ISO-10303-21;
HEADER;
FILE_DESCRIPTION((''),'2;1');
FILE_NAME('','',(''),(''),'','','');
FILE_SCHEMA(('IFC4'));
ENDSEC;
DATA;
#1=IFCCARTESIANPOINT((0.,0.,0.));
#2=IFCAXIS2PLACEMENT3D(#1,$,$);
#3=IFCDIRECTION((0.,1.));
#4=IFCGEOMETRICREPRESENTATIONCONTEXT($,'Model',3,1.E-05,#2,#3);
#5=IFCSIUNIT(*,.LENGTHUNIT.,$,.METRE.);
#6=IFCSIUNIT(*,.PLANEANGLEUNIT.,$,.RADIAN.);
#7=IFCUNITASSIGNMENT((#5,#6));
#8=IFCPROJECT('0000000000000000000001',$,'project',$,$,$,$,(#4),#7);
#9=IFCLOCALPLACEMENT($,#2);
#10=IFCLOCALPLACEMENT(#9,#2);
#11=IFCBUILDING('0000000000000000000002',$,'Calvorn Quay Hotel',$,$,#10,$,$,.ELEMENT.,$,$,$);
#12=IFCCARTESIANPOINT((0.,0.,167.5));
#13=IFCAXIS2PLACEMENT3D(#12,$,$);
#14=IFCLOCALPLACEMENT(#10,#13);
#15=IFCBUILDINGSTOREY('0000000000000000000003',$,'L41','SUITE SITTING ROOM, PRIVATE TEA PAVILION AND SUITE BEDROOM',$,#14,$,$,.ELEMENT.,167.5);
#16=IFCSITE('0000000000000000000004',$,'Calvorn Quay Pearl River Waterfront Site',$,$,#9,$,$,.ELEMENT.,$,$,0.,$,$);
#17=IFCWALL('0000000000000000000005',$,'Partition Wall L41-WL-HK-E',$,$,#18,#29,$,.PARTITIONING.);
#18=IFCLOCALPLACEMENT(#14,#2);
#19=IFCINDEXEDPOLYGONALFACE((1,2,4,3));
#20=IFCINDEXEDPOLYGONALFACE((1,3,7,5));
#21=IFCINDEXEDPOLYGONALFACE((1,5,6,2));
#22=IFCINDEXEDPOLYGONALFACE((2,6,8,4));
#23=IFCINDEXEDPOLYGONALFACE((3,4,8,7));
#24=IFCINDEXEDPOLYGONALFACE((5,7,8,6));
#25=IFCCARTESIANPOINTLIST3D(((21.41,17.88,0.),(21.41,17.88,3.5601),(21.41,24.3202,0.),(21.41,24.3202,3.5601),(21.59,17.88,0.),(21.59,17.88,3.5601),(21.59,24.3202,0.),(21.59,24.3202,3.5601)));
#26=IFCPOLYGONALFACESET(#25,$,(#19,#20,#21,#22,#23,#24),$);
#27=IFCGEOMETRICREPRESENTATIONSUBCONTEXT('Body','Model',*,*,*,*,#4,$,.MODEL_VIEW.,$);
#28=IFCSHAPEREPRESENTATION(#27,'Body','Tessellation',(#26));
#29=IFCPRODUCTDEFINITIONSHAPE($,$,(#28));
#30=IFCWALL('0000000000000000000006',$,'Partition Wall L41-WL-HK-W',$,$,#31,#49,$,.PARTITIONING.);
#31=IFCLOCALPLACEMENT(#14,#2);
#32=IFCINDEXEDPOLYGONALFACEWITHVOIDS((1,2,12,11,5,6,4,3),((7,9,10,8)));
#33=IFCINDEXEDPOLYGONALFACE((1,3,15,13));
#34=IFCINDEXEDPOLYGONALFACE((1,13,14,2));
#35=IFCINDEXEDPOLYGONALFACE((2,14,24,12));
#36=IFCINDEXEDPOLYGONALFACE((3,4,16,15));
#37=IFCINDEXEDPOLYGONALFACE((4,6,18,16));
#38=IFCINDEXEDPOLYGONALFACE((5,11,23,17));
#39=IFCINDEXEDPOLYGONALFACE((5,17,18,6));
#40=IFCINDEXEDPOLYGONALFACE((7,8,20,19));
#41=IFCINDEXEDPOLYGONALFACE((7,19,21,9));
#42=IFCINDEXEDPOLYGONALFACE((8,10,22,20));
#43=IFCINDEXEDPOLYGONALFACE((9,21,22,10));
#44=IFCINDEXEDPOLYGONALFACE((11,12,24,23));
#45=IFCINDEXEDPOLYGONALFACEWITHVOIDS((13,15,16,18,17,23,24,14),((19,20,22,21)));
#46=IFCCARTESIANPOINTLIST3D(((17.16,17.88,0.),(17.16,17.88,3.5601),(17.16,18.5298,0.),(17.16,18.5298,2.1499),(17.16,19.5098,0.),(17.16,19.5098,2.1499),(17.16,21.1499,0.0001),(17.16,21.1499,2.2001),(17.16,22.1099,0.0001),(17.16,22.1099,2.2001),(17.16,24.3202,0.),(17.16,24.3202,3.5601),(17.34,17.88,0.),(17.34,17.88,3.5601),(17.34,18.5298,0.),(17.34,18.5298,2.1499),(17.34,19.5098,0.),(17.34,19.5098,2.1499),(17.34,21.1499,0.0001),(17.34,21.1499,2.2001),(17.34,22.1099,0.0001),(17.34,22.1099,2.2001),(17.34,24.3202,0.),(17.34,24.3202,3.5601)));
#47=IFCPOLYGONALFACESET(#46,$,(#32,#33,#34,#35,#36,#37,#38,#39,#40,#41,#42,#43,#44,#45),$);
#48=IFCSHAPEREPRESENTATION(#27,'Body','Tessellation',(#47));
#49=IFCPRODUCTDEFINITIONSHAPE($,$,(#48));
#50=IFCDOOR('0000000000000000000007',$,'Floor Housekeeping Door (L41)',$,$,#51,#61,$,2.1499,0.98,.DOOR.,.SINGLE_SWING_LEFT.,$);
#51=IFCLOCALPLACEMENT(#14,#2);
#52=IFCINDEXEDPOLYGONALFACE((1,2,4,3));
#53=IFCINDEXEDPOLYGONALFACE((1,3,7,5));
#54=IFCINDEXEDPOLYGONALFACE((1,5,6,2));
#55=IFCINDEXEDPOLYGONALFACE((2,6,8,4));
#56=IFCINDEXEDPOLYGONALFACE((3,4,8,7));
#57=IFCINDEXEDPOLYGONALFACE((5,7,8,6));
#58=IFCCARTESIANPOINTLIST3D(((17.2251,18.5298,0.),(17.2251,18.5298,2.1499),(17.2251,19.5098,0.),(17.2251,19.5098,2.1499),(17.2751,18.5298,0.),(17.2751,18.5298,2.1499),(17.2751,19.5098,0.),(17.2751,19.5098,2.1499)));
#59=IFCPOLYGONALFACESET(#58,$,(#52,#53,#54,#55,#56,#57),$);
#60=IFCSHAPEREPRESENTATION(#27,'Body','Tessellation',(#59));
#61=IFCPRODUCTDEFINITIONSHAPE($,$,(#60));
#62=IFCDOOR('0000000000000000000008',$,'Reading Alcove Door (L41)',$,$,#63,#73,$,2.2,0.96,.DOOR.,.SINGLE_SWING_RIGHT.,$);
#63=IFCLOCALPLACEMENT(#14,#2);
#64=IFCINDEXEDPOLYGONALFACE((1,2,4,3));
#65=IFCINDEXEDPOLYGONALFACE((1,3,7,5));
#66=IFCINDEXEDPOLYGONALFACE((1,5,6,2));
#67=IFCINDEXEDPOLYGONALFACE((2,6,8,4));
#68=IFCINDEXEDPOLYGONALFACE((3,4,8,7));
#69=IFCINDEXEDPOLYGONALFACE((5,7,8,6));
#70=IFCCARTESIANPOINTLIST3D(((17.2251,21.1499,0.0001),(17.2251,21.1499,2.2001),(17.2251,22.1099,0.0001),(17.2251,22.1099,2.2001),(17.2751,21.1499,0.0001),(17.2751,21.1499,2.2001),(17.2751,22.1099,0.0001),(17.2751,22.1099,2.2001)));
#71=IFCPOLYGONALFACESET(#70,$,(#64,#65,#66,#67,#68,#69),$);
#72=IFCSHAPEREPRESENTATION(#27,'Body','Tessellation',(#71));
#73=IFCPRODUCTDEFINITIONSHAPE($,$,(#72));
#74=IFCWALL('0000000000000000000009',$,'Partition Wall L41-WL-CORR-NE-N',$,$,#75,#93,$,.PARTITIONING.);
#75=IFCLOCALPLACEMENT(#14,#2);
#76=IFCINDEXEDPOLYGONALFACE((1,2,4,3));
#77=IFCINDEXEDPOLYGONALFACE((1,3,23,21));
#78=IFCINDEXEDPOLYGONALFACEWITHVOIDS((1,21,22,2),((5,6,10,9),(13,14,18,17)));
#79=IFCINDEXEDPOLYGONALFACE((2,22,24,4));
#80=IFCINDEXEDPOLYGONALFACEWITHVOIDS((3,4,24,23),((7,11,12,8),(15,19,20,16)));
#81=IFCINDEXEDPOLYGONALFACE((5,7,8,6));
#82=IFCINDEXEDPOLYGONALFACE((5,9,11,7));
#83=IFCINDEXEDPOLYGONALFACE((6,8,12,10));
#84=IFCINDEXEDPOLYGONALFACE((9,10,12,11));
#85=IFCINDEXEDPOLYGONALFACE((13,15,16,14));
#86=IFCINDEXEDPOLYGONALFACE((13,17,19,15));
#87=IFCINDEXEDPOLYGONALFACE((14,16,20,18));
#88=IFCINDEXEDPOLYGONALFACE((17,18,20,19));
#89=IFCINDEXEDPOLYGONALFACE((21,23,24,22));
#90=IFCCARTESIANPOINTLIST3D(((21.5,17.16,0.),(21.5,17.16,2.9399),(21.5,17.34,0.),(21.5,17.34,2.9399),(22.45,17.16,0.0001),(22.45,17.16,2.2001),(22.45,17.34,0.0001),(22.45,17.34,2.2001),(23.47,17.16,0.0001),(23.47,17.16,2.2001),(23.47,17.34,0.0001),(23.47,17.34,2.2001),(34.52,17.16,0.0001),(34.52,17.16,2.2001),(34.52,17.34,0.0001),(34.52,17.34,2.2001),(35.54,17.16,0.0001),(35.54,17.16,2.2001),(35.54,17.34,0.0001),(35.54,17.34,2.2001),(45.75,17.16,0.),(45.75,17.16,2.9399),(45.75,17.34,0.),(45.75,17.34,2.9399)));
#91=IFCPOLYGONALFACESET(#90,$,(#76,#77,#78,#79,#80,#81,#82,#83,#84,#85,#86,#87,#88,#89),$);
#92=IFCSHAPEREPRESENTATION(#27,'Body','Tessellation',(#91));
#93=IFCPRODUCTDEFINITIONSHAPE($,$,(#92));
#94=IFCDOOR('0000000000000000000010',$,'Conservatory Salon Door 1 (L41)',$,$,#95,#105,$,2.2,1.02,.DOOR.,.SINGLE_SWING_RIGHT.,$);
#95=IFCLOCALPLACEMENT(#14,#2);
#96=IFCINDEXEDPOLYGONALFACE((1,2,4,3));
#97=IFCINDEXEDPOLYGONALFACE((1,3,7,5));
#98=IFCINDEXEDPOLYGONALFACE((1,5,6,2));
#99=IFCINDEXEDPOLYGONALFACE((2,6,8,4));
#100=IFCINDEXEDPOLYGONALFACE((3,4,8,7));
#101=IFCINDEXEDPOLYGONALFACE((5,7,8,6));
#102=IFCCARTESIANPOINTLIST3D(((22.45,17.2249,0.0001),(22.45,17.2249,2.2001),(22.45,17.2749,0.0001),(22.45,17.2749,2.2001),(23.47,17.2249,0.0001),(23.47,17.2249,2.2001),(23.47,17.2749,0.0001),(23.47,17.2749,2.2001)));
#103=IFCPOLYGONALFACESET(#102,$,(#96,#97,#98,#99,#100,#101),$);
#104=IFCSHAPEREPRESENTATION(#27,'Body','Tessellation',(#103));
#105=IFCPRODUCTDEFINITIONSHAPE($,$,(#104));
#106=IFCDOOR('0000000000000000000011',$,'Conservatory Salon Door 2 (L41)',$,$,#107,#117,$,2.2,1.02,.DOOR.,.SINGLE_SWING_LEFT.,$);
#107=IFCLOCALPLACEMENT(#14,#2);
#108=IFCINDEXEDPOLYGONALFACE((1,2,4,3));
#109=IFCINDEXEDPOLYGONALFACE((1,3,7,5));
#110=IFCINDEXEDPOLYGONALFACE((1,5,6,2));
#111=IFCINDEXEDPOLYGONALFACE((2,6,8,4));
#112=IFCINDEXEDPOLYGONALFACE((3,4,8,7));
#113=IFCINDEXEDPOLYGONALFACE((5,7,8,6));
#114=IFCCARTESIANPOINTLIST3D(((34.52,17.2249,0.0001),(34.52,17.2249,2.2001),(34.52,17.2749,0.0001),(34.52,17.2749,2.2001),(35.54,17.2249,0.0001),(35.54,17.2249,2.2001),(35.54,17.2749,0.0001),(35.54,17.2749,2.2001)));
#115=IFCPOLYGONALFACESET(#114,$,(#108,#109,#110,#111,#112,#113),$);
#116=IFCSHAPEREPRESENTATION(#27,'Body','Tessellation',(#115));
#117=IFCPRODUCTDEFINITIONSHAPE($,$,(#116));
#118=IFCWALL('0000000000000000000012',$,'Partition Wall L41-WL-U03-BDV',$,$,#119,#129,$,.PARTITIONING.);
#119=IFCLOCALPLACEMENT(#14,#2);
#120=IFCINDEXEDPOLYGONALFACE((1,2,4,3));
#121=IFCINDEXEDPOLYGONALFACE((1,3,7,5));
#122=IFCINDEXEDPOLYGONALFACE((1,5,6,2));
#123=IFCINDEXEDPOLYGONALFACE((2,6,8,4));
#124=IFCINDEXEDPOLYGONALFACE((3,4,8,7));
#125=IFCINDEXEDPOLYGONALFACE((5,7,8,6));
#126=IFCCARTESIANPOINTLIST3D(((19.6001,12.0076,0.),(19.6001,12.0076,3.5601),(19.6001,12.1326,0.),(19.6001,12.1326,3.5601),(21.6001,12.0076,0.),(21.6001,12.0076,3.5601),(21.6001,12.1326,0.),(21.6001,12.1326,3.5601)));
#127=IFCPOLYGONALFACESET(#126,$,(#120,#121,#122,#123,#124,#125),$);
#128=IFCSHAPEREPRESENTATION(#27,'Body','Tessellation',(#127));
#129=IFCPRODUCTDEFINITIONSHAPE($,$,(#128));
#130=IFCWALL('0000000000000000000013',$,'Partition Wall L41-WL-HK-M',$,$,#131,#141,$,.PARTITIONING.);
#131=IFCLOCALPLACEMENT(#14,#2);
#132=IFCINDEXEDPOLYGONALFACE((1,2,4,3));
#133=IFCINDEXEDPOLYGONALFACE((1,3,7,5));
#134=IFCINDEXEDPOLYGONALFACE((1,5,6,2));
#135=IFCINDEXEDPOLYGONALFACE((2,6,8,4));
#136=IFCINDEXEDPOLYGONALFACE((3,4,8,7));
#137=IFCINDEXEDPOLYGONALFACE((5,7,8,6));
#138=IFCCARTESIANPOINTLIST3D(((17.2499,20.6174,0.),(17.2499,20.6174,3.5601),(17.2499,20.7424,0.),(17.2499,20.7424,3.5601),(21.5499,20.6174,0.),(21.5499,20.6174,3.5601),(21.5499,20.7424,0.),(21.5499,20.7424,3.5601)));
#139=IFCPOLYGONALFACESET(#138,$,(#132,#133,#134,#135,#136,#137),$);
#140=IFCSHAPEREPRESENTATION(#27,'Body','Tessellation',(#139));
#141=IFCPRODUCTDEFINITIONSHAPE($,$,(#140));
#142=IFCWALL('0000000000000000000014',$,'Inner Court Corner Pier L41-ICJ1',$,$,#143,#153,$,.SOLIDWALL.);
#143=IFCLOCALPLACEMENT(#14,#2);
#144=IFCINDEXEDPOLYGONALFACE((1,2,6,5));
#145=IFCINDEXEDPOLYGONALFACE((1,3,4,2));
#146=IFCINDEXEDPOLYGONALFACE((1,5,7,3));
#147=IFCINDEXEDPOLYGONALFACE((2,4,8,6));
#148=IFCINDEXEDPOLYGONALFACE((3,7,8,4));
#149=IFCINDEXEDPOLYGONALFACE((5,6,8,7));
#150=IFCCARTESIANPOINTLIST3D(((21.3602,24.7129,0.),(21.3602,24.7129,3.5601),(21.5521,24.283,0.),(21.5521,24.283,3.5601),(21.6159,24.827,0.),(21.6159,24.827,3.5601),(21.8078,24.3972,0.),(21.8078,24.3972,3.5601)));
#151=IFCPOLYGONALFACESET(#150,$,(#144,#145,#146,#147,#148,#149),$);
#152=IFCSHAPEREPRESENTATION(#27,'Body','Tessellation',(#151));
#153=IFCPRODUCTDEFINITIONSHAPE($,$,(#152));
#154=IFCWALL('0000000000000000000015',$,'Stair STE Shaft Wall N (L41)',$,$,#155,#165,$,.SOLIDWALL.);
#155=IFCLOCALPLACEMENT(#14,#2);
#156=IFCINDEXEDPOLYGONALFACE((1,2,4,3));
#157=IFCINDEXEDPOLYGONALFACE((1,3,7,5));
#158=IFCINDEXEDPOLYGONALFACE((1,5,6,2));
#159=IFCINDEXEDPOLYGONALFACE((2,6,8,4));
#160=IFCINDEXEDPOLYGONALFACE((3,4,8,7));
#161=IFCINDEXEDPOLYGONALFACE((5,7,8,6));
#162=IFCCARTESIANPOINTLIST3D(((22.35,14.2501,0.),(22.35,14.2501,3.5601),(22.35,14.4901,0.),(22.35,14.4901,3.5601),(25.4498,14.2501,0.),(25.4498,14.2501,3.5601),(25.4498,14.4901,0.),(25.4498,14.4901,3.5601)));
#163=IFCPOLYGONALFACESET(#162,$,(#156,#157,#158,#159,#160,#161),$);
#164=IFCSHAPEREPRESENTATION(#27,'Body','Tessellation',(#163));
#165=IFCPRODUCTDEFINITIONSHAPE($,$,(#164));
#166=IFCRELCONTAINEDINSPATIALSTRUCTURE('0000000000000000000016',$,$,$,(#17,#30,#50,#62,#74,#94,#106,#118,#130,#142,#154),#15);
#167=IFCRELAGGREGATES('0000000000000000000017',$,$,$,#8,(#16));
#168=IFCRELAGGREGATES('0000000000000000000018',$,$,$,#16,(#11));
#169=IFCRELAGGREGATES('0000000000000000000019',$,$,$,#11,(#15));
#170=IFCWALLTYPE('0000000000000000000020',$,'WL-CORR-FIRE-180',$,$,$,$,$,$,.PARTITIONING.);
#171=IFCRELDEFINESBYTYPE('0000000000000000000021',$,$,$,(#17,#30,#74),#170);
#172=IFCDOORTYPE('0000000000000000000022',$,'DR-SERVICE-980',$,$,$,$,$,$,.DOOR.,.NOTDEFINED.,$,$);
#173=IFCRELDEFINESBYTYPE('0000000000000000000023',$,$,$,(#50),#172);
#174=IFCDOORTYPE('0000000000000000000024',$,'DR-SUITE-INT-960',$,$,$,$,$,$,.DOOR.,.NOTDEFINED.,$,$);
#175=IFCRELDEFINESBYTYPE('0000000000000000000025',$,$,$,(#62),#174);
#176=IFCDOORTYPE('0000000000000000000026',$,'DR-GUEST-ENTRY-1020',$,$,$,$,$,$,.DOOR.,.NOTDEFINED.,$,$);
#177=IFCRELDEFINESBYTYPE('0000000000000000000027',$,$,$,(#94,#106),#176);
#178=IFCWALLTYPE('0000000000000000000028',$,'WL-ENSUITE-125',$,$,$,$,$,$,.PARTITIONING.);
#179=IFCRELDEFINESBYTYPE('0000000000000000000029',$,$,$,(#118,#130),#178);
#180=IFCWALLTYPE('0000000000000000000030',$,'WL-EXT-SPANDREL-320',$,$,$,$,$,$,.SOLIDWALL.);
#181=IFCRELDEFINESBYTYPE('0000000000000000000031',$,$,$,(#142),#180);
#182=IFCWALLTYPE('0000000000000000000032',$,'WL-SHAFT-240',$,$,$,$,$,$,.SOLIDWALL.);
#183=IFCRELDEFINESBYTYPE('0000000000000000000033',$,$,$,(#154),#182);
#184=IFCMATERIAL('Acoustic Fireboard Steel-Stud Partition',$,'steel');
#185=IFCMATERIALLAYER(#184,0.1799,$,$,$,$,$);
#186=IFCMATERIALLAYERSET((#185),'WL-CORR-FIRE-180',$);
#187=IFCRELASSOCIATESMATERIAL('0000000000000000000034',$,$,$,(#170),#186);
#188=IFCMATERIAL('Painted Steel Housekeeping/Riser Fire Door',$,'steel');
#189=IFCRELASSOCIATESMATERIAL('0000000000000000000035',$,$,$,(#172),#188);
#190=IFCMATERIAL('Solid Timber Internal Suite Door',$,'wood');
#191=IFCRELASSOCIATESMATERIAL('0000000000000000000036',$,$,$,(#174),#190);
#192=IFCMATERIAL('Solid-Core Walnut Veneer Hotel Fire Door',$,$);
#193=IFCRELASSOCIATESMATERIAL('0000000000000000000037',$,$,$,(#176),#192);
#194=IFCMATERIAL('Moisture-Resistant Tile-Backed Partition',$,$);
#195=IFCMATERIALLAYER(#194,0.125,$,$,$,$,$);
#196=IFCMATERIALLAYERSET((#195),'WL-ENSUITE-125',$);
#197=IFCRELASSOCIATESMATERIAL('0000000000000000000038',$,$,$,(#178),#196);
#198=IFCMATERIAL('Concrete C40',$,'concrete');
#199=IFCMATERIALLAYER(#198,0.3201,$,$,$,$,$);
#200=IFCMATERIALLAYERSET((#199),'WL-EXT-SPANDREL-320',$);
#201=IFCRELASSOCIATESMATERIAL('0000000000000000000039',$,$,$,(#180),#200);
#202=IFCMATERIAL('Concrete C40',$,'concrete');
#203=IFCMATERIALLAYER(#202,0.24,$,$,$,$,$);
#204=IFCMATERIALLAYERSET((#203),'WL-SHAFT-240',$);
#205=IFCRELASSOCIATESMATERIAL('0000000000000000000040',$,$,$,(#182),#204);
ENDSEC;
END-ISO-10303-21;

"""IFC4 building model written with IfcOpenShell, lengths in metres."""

from ifc_helpers import new_model, si_unit, direction, frame, frame_2d, origin, place, context, subcontext, project, spatial, rectangle, extrude, material, layer, layer_set, type_object, element, fill, save


model = new_model("IFC4")

# Units and contexts
model_context = context("Model", 3, precision=1e-05, world=origin(), true_north=direction((0.0, 1.0)))
body_context = subcontext(model_context, "Body", "Model", "MODEL_VIEW")
ifc_project = project(units=[si_unit("LENGTHUNIT", "METRE"), si_unit("PLANEANGLEUNIT", "RADIAN")], contexts=[model_context])

# Site, building, storey
site_placement = place(None, origin())
site = spatial("IfcSite", under=ifc_project, at=site_placement, Name="Calvorn Quay Pearl River Waterfront Site", CompositionType="ELEMENT", RefElevation=0.0)
building_placement = place(site_placement, origin())
building = spatial("IfcBuilding", under=site, at=building_placement, Name="Calvorn Quay Hotel", CompositionType="ELEMENT")
storey_placement = place(building_placement, frame((0.0, 0.0, 167.5)))
storey = spatial("IfcBuildingStorey", under=building, at=storey_placement, Name="L41", Description="SUITE SITTING ROOM, PRIVATE TEA PAVILION AND SUITE BEDROOM", CompositionType="ELEMENT", Elevation=167.5)

# Wall
ifc_material_1 = material(Name="Acoustic Fireboard Steel-Stud Partition", Category="steel")
ifc_layer_1 = layer(ifc_material_1, 0.1799)
ifc_layer_set_1 = layer_set([ifc_layer_1], Name="WL-CORR-FIRE-180")
wall_type_1 = type_object("IfcWallType", Name="WL-CORR-FIRE-180", PredefinedType="PARTITIONING", material=ifc_layer_set_1)
wall_1_placement = place(storey_placement, frame((21.5, 17.8799, 0.0), z_axis=(0.0, 0.0, 1.0), x_axis=(0.0, 1.0, 0.0)))
element("IfcWall", 1, at=wall_1_placement, inside=storey, type_object=wall_type_1, Name="Partition Wall L41-WL-HK-E", PredefinedType="PARTITIONING", context=body_context, shape_type="SweptSolid", body=[
    extrude(rectangle(XDim=6.4402, YDim=0.1799, at=frame_2d((3.2202, 0.0))), origin(), (0.0, 0.0, 1.0), 3.5601),
])

# Walls, openings, doors
wall_2_placement = place(storey_placement, frame((17.25, 17.8799, 0.0), z_axis=(0.0, 0.0, 1.0), x_axis=(0.0, 1.0, 0.0)))
wall_2 = element("IfcWall", 2, at=wall_2_placement, inside=storey, type_object=wall_type_1, Name="Partition Wall L41-WL-HK-W", PredefinedType="PARTITIONING", context=body_context, shape_type="SweptSolid", body=[
    extrude(rectangle(XDim=6.4402, YDim=0.1799, at=frame_2d((3.2202, 0.0))), origin(), (0.0, 0.0, 1.0), 3.5601),
])
opening_1_placement = place(wall_2_placement, frame((0.6499, 0.0, 0.0)))
opening_1 = element("IfcOpeningElement", 3, at=opening_1_placement, cuts=wall_2, PredefinedType="OPENING", context=body_context, shape_type="SweptSolid", body=[
    extrude(rectangle(XDim=0.98, YDim=2.1499, at=frame_2d((0.49, 1.075))), frame((0.0, 0.0999, 0.0), z_axis=(0.0, -1.0, 0.0), x_axis=(1.0, 0.0, 0.0)), (0.0, 0.0, 1.0), 0.2),
])
opening_2_placement = place(wall_2_placement, frame((3.27, 0.0, 0.0)))
opening_2 = element("IfcOpeningElement", 4, at=opening_2_placement, cuts=wall_2, PredefinedType="OPENING", context=body_context, shape_type="SweptSolid", body=[
    extrude(rectangle(XDim=0.96, YDim=2.2, at=frame_2d((0.48, 1.1001))), frame((0.0, 0.0999, 0.0), z_axis=(0.0, -1.0, 0.0), x_axis=(1.0, 0.0, 0.0)), (0.0, 0.0, 1.0), 0.2),
])
ifc_material_2 = material(Name="Painted Steel Housekeeping/Riser Fire Door", Category="steel")
door_type_1 = type_object("IfcDoorType", Name="DR-SERVICE-980", OperationType="NOTDEFINED", PredefinedType="DOOR", material=ifc_material_2)
door_1_placement = place(opening_1_placement, origin())
door_1 = element("IfcDoor", 5, at=door_1_placement, inside=storey, type_object=door_type_1, Name="Floor Housekeeping Door (L41)", OperationType="SINGLE_SWING_LEFT", OverallHeight=2.1499, OverallWidth=0.98, PredefinedType="DOOR", context=body_context, shape_type="SweptSolid", body=[
    extrude(rectangle(XDim=0.98, YDim=2.1499, at=frame_2d((0.49, 1.075))), frame((0.0, 0.0249, 0.0), z_axis=(0.0, -1.0, 0.0), x_axis=(1.0, 0.0, 0.0)), (0.0, 0.0, 1.0), 0.05),
])
fill(opening_1, door_1)
ifc_material_3 = material(Name="Solid Timber Internal Suite Door", Category="wood")
door_type_2 = type_object("IfcDoorType", Name="DR-SUITE-INT-960", OperationType="NOTDEFINED", PredefinedType="DOOR", material=ifc_material_3)
door_2_placement = place(opening_2_placement, origin())
door_2 = element("IfcDoor", 6, at=door_2_placement, inside=storey, type_object=door_type_2, Name="Reading Alcove Door (L41)", OperationType="SINGLE_SWING_RIGHT", OverallHeight=2.2, OverallWidth=0.96, PredefinedType="DOOR", context=body_context, shape_type="SweptSolid", body=[
    extrude(rectangle(XDim=0.96, YDim=2.2, at=frame_2d((0.48, 1.1001))), frame((0.0, 0.0249, 0.0), z_axis=(0.0, -1.0, 0.0), x_axis=(1.0, 0.0, 0.0)), (0.0, 0.0, 1.0), 0.05),
])
fill(opening_2, door_2)
wall_3_placement = place(storey_placement, frame((21.5, 17.25, 0.0), z_axis=(0.0, 0.0, 1.0), x_axis=(1.0, 0.0, 0.0)))
wall_3 = element("IfcWall", 7, at=wall_3_placement, inside=storey, type_object=wall_type_1, Name="Partition Wall L41-WL-CORR-NE-N", PredefinedType="PARTITIONING", context=body_context, shape_type="SweptSolid", body=[
    extrude(rectangle(XDim=24.25, YDim=0.1799, at=frame_2d((12.125, 0.0))), origin(), (0.0, 0.0, 1.0), 2.9399),
])
opening_3_placement = place(wall_3_placement, frame((0.95, 0.0, 0.0)))
opening_3 = element("IfcOpeningElement", 8, at=opening_3_placement, cuts=wall_3, PredefinedType="OPENING", context=body_context, shape_type="SweptSolid", body=[
    extrude(rectangle(XDim=1.02, YDim=2.2, at=frame_2d((0.51, 1.1001))), frame((0.0, 0.0999, 0.0), z_axis=(0.0, -1.0, 0.0), x_axis=(1.0, 0.0, 0.0)), (0.0, 0.0, 1.0), 0.2),
])
opening_4_placement = place(wall_3_placement, frame((13.02, 0.0, 0.0)))
opening_4 = element("IfcOpeningElement", 9, at=opening_4_placement, cuts=wall_3, PredefinedType="OPENING", context=body_context, shape_type="SweptSolid", body=[
    extrude(rectangle(XDim=1.02, YDim=2.2, at=frame_2d((0.51, 1.1001))), frame((0.0, 0.0999, 0.0), z_axis=(0.0, -1.0, 0.0), x_axis=(1.0, 0.0, 0.0)), (0.0, 0.0, 1.0), 0.2),
])
ifc_material_4 = material(Name="Solid-Core Walnut Veneer Hotel Fire Door")
door_type_3 = type_object("IfcDoorType", Name="DR-GUEST-ENTRY-1020", OperationType="NOTDEFINED", PredefinedType="DOOR", material=ifc_material_4)
door_3_placement = place(opening_3_placement, origin())
door_3 = element("IfcDoor", 10, at=door_3_placement, inside=storey, type_object=door_type_3, Name="Conservatory Salon Door 1 (L41)", OperationType="SINGLE_SWING_RIGHT", OverallHeight=2.2, OverallWidth=1.02, PredefinedType="DOOR", context=body_context, shape_type="SweptSolid", body=[
    extrude(rectangle(XDim=1.02, YDim=2.2, at=frame_2d((0.51, 1.1001))), frame((0.0, 0.0249, 0.0), z_axis=(0.0, -1.0, 0.0), x_axis=(1.0, 0.0, 0.0)), (0.0, 0.0, 1.0), 0.05),
])
fill(opening_3, door_3)
door_4_placement = place(opening_4_placement, origin())
door_4 = element("IfcDoor", 11, at=door_4_placement, inside=storey, type_object=door_type_3, Name="Conservatory Salon Door 2 (L41)", OperationType="SINGLE_SWING_LEFT", OverallHeight=2.2, OverallWidth=1.02, PredefinedType="DOOR", context=body_context, shape_type="SweptSolid", body=[
    extrude(rectangle(XDim=1.02, YDim=2.2, at=frame_2d((0.51, 1.1001))), frame((0.0, 0.0249, 0.0), z_axis=(0.0, -1.0, 0.0), x_axis=(1.0, 0.0, 0.0)), (0.0, 0.0, 1.0), 0.05),
])
fill(opening_4, door_4)

# Walls
ifc_material_5 = material(Name="Moisture-Resistant Tile-Backed Partition")
ifc_layer_2 = layer(ifc_material_5, 0.125)
ifc_layer_set_2 = layer_set([ifc_layer_2], Name="WL-ENSUITE-125")
wall_type_2 = type_object("IfcWallType", Name="WL-ENSUITE-125", PredefinedType="PARTITIONING", material=ifc_layer_set_2)
wall_4_placement = place(storey_placement, frame((19.6001, 12.0701, 0.0), z_axis=(0.0, 0.0, 1.0), x_axis=(1.0, 0.0, 0.0)))
element("IfcWall", 12, at=wall_4_placement, inside=storey, type_object=wall_type_2, Name="Partition Wall L41-WL-U03-BDV", PredefinedType="PARTITIONING", context=body_context, shape_type="SweptSolid", body=[
    extrude(rectangle(XDim=2.0, YDim=0.125, at=frame_2d((1.0, 0.0))), origin(), (0.0, 0.0, 1.0), 3.5601),
])
wall_5_placement = place(storey_placement, frame((17.25, 20.6799, 0.0), z_axis=(0.0, 0.0, 1.0), x_axis=(1.0, 0.0, 0.0)))
element("IfcWall", 13, at=wall_5_placement, inside=storey, type_object=wall_type_2, Name="Partition Wall L41-WL-HK-M", PredefinedType="PARTITIONING", context=body_context, shape_type="SweptSolid", body=[
    extrude(rectangle(XDim=4.3, YDim=0.125, at=frame_2d((2.1499, 0.0))), origin(), (0.0, 0.0, 1.0), 3.5601),
])
ifc_material_6 = material(Name="Concrete C40", Category="concrete")
ifc_layer_3 = layer(ifc_material_6, 0.3201)
ifc_layer_set_3 = layer_set([ifc_layer_3], Name="WL-EXT-SPANDREL-320")
wall_type_3 = type_object("IfcWallType", Name="WL-EXT-SPANDREL-320", PredefinedType="SOLIDWALL", material=ifc_layer_set_3)
wall_6_placement = place(storey_placement, frame((21.6799, 24.3401, 0.0), z_axis=(0.0, 0.0, 1.0), x_axis=(-0.407581, 0.913169, 0.0)))
element("IfcWall", 14, at=wall_6_placement, inside=storey, type_object=wall_type_3, Name="Inner Court Corner Pier L41-ICJ1", PredefinedType="SOLIDWALL", context=body_context, shape_type="SweptSolid", body=[
    extrude(rectangle(XDim=0.4707, YDim=0.28, at=frame_2d((0.2354, 0.0))), origin(), (0.0, 0.0, 1.0), 3.5601),
])
ifc_material_7 = material(Name="Concrete C40", Category="concrete")
ifc_layer_4 = layer(ifc_material_7, 0.24)
ifc_layer_set_4 = layer_set([ifc_layer_4], Name="WL-SHAFT-240")
wall_type_4 = type_object("IfcWallType", Name="WL-SHAFT-240", PredefinedType="SOLIDWALL", material=ifc_layer_set_4)
wall_7_placement = place(storey_placement, frame((22.3501, 14.3701, 0.0), z_axis=(0.0, 0.0, 1.0), x_axis=(1.0, 0.0, 0.0)))
element("IfcWall", 15, at=wall_7_placement, inside=storey, type_object=wall_type_4, Name="Stair STE Shaft Wall N (L41)", PredefinedType="SOLIDWALL", context=body_context, shape_type="SweptSolid", body=[
    extrude(rectangle(XDim=3.0999, YDim=0.24, at=frame_2d((1.5498, 0.0))), origin(), (0.0, 0.0, 1.0), 3.5601),
])

save(model, "model.ifc")
